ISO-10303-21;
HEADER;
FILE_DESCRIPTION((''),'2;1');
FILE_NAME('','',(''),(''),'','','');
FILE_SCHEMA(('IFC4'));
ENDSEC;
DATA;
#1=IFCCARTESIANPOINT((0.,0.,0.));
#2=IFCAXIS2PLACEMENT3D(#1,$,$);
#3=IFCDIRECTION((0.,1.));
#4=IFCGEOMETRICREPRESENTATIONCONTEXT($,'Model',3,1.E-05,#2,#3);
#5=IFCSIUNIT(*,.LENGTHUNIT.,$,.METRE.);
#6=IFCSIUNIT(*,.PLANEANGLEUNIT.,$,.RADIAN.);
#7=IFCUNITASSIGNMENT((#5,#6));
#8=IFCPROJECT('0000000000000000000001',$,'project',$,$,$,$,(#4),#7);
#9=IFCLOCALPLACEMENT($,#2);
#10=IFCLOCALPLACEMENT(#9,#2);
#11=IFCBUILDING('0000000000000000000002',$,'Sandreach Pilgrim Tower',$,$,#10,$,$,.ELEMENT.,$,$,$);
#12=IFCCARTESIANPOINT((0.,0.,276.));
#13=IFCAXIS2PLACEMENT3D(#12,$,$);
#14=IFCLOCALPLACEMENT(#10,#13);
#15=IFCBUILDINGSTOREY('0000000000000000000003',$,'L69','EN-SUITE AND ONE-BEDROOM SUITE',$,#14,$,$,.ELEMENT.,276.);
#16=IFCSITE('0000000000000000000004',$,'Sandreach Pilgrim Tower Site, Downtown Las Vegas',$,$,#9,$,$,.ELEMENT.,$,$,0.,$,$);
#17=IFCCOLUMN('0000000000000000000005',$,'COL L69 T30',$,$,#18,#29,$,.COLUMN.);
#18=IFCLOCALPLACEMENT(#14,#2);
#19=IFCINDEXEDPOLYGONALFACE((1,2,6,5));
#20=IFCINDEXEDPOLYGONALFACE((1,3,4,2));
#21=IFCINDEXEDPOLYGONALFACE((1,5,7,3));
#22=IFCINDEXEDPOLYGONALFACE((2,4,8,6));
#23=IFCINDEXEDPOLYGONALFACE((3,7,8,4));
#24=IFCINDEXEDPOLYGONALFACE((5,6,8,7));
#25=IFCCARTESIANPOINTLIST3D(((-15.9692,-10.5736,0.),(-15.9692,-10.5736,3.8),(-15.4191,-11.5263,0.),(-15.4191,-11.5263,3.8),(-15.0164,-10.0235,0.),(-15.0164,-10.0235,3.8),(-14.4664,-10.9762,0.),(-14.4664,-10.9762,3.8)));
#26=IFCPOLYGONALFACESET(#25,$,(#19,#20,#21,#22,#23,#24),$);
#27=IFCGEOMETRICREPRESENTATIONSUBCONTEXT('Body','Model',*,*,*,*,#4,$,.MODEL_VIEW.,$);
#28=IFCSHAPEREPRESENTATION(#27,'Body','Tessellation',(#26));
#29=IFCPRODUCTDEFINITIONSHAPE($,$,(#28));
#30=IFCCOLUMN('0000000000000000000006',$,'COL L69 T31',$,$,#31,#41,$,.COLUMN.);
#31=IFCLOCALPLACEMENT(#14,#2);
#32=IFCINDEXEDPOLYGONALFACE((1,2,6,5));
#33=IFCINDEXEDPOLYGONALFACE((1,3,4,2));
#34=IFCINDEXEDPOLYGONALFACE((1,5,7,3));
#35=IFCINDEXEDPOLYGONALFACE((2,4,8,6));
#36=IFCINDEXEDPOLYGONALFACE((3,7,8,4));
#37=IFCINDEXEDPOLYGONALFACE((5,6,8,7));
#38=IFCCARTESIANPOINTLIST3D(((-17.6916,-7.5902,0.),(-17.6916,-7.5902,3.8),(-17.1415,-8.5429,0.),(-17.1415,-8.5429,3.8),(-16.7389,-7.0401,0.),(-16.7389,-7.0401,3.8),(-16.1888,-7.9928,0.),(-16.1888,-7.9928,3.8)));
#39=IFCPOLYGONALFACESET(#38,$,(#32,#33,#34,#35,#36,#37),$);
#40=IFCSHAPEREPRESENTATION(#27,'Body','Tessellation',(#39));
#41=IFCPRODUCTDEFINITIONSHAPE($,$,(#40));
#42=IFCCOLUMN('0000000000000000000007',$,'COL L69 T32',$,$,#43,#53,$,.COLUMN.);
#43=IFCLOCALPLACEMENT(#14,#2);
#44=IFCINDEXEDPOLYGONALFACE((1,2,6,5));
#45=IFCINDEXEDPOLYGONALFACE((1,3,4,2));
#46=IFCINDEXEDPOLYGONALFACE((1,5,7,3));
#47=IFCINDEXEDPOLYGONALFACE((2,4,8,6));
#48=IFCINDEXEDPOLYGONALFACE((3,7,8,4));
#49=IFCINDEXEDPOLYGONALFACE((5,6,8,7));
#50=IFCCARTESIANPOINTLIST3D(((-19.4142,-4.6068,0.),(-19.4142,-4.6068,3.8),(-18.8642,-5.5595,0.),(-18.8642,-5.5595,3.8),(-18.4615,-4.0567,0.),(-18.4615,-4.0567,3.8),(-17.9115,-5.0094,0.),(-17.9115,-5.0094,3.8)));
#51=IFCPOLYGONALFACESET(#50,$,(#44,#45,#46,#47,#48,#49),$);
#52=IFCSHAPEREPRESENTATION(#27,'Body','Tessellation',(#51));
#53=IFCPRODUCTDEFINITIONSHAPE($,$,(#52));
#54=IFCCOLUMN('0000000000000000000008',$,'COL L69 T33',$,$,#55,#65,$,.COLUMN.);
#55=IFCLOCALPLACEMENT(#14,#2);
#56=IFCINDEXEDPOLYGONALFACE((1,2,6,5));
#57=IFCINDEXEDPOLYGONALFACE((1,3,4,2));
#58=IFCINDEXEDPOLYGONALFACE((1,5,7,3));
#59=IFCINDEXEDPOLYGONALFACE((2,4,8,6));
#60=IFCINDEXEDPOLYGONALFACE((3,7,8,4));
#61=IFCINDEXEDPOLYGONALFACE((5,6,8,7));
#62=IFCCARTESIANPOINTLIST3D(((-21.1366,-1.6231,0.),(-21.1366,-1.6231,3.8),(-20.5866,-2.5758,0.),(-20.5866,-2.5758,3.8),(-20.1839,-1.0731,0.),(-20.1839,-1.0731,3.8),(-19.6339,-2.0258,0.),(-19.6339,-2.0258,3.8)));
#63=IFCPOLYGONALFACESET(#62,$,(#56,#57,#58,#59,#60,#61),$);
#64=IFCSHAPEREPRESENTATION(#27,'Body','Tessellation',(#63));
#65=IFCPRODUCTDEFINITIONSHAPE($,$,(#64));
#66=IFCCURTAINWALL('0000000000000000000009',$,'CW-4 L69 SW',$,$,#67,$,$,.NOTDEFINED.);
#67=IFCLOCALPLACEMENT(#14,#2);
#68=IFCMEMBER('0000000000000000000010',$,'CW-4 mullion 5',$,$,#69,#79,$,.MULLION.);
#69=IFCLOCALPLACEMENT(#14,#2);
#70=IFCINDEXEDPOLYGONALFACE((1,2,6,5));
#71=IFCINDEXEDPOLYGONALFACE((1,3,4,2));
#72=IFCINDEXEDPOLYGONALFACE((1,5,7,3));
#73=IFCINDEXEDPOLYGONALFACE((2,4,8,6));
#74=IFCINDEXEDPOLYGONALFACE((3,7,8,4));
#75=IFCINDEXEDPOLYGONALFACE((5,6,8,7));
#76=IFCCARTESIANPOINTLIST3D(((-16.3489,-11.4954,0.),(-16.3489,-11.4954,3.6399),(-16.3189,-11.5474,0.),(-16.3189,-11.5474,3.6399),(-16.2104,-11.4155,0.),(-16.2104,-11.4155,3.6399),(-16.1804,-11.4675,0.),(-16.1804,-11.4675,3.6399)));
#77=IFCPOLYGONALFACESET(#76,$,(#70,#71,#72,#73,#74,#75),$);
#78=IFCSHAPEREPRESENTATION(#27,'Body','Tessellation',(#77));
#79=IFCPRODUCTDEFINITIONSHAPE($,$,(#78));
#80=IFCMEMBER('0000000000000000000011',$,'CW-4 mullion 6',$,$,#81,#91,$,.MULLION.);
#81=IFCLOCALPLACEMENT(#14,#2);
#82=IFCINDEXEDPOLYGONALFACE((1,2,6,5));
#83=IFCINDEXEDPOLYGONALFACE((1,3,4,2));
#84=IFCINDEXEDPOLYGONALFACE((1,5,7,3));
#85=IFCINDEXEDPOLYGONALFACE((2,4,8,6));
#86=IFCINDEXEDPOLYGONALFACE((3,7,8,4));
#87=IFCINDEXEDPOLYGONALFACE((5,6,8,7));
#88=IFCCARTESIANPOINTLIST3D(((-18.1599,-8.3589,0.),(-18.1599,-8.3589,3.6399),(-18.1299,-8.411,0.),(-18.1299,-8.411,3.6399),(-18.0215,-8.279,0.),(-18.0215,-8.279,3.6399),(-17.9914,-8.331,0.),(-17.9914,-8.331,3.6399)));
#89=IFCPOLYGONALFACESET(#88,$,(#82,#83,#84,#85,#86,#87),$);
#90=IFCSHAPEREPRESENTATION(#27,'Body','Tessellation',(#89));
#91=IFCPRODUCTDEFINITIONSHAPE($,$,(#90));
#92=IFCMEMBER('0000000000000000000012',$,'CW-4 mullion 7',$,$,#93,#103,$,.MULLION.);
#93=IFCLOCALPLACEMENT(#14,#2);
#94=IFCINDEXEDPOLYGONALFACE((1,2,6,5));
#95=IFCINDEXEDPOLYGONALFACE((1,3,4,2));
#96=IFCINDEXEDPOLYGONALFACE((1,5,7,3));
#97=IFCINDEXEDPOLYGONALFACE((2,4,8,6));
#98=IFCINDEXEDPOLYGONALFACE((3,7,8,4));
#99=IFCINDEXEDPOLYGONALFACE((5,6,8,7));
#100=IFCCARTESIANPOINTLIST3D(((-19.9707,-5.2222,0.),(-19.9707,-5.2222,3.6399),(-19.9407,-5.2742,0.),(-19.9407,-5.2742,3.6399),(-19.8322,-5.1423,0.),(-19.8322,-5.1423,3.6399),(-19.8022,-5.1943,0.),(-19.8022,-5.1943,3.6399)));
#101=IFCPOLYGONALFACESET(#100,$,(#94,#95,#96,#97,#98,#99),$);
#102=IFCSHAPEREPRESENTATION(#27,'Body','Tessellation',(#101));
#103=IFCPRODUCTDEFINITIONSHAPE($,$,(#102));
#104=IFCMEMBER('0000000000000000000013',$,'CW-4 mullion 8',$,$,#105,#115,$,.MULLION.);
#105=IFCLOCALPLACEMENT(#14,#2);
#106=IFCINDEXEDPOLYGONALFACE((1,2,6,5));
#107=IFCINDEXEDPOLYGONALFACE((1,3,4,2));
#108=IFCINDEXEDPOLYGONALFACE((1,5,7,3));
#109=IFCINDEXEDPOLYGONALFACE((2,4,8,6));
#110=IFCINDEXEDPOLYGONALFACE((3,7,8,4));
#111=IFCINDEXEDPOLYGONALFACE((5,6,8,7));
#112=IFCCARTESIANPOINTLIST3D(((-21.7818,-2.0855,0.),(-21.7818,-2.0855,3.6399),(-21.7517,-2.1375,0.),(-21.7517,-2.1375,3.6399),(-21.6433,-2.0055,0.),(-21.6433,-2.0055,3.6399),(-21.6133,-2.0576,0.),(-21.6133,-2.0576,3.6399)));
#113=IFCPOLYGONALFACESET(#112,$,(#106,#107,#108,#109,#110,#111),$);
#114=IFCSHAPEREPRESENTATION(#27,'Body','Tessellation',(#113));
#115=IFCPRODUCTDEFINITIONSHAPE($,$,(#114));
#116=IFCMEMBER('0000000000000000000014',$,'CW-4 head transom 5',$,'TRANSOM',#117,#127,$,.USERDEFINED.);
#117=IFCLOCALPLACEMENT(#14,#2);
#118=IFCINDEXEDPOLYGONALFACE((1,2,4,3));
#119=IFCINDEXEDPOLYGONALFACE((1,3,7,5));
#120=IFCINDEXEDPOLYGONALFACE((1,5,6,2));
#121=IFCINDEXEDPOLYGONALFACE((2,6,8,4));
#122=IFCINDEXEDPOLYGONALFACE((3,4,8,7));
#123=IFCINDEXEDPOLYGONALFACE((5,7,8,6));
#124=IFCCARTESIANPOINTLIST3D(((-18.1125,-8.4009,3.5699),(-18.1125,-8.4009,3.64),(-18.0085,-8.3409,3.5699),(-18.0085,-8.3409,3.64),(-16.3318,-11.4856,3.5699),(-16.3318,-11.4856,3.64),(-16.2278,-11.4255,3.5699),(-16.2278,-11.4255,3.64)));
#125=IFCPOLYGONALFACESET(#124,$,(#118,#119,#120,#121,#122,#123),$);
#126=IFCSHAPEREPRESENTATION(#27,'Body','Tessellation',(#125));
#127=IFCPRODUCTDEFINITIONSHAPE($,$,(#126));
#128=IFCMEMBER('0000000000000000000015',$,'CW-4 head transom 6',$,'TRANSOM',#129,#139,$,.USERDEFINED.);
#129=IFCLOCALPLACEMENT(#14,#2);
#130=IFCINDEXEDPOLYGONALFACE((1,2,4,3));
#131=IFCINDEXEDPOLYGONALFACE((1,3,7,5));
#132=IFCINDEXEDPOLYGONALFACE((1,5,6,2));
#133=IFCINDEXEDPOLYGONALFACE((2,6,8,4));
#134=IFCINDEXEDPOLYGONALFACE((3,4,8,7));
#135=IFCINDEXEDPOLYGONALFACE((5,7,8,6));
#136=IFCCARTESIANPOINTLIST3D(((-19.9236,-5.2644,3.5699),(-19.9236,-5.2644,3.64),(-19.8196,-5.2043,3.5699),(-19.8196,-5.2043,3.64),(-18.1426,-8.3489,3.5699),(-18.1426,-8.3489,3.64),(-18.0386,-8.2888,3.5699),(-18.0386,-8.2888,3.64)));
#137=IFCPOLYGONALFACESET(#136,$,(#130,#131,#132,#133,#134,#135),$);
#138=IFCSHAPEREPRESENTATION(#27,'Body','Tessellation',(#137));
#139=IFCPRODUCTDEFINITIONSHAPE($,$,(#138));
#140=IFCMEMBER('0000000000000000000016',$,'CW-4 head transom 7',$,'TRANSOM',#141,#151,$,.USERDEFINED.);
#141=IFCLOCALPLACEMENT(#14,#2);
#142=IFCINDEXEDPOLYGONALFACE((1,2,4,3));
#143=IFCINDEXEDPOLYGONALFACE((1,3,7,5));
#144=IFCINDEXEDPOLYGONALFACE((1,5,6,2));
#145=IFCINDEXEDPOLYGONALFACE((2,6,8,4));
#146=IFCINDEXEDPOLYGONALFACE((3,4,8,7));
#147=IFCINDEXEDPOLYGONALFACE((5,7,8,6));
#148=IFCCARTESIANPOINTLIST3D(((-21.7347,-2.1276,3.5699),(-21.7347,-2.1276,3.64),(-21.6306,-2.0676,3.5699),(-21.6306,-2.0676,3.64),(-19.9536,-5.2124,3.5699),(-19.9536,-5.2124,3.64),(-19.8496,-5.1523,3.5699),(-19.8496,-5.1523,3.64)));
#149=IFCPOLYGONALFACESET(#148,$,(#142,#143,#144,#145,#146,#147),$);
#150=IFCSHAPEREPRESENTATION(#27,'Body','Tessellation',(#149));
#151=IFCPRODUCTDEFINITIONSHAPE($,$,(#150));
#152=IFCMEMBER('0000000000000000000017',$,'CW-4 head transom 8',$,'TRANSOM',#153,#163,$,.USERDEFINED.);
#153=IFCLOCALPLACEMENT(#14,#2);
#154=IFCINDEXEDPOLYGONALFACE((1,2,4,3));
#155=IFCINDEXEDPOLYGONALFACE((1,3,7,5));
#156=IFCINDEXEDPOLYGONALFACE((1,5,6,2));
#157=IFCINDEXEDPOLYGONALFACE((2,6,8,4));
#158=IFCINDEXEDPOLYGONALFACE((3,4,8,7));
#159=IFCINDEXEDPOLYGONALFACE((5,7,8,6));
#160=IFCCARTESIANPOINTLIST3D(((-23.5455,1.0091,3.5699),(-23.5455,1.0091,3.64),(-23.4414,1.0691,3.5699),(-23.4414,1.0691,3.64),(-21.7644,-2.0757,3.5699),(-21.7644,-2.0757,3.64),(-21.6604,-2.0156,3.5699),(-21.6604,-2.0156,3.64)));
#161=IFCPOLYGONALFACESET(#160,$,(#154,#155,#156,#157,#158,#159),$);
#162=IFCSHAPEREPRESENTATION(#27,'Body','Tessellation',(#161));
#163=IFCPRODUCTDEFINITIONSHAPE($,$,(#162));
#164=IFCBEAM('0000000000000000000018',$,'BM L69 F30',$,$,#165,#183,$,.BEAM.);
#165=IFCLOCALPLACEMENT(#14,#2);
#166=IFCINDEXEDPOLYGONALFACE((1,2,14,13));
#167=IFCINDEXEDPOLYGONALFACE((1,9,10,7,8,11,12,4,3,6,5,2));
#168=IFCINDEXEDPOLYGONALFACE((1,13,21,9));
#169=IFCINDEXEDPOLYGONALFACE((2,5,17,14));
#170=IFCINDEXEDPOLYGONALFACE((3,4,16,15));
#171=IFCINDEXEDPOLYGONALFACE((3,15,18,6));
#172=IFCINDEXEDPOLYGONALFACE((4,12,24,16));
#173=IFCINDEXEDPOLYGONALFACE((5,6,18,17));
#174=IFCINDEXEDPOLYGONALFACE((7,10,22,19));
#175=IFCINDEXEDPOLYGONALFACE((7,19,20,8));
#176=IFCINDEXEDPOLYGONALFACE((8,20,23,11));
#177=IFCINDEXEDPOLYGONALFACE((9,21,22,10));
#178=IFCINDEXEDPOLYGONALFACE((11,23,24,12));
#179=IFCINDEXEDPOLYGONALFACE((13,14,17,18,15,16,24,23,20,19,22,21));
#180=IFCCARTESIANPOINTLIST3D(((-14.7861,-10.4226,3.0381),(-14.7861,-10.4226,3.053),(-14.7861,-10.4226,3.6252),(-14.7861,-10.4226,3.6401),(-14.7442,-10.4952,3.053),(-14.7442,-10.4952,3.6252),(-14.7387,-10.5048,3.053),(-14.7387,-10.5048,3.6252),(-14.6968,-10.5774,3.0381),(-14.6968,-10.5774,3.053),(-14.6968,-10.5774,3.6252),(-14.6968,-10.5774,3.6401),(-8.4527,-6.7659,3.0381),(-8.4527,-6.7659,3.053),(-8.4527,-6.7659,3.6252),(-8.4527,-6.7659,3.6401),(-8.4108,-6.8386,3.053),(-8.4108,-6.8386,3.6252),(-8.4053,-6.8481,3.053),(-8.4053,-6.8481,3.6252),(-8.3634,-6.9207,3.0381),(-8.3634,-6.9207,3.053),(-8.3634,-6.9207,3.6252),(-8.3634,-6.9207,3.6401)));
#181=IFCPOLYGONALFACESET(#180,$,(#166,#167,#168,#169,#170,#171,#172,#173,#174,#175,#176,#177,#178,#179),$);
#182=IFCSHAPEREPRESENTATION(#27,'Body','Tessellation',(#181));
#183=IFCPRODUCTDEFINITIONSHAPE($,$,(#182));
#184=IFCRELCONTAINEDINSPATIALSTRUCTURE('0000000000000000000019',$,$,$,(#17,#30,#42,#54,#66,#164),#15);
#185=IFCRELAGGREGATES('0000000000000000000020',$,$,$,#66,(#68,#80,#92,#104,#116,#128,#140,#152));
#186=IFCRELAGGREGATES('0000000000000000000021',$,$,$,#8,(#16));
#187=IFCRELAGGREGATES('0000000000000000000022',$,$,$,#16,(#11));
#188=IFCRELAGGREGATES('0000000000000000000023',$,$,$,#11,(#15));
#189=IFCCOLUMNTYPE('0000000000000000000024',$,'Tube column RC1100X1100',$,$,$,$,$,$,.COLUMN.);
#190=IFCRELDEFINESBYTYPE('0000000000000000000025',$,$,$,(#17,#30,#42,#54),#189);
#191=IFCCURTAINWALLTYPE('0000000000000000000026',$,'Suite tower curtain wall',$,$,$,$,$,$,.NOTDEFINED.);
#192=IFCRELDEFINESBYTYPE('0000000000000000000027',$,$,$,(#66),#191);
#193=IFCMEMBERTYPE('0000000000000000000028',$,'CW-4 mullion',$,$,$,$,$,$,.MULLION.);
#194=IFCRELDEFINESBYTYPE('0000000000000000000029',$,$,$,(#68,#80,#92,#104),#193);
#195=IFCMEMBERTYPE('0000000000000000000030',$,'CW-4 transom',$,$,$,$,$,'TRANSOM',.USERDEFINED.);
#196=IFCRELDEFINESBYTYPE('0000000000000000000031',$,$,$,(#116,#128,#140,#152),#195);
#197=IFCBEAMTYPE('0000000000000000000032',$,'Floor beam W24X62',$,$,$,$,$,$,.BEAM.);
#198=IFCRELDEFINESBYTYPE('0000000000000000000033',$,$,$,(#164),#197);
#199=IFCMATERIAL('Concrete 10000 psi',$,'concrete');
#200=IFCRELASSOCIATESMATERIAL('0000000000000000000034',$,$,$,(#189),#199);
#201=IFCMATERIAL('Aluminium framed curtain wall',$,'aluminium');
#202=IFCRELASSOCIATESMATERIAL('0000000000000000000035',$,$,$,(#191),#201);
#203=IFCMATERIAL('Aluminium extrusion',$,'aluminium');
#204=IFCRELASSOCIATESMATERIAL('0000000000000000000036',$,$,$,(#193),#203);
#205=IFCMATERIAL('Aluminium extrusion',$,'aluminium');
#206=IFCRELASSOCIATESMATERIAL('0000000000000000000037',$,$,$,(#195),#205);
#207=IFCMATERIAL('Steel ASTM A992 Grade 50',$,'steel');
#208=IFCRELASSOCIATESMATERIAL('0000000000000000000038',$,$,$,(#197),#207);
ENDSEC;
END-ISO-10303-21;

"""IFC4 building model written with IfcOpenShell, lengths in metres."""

from ifc_helpers import new_model, si_unit, direction, frame, origin, origin_2d, place, context, subcontext, project, spatial, rectangle, i_section, extrude, material, material_profile, profile_set, type_object, element, aggregate, save


model = new_model("IFC4")

# Units and contexts
model_context = context("Model", 3, precision=1e-05, world=origin(), true_north=direction((0.0, 1.0)))
body_context = subcontext(model_context, "Body", "Model", "MODEL_VIEW")
ifc_project = project(units=[si_unit("LENGTHUNIT", "METRE"), si_unit("PLANEANGLEUNIT", "RADIAN")], contexts=[model_context])

# Site, building, storey
site_placement = place(None, origin())
site = spatial("IfcSite", under=ifc_project, at=site_placement, Name="Sandreach Pilgrim Tower Site, Downtown Las Vegas", CompositionType="ELEMENT", RefElevation=0.0)
building_placement = place(site_placement, origin())
building = spatial("IfcBuilding", under=site, at=building_placement, Name="Sandreach Pilgrim Tower", CompositionType="ELEMENT")
storey_placement = place(building_placement, frame((0.0, 0.0, 276.0)))
storey = spatial("IfcBuildingStorey", under=building, at=storey_placement, Name="L69", Description="EN-SUITE AND ONE-BEDROOM SUITE", CompositionType="ELEMENT", Elevation=276.0)

# Columns
ifc_material_1 = material(Name="Concrete 10000 psi", Category="concrete")
ifc_material_profile_1 = material_profile(ifc_material_1, rectangle(XDim=1.1001, YDim=1.1001, at=origin_2d()), Name="RC1100X1100")
ifc_profile_set_1 = profile_set([ifc_material_profile_1], Name="Concrete 10000 psi")
column_type = type_object("IfcColumnType", Name="Tube column RC1100X1100", PredefinedType="COLUMN", material=ifc_profile_set_1)
for number, where, z_axis, x_axis, name in (
    (1, (-15.2178, -10.7749, 0.0), (0.0, 0.0, 1.0), (-0.866025, -0.5, 0.0), "COL L69 T30"),
    (2, (-16.9402, -7.7915, 0.0), (0.0, 0.0, 1.0), (-0.866025, -0.5, 0.0), "COL L69 T31"),
    (3, (-18.6628, -4.8081, 0.0), (0.0, 0.0, 1.0), (-0.866025, -0.5, 0.0), "COL L69 T32"),
    (4, (-20.3853, -1.8245, 0.0), (0.0, 0.0, 1.0), (-0.866025, -0.5, 0.0), "COL L69 T33"),
):
    element("IfcColumn", number, at=place(storey_placement, frame(where, z_axis=z_axis, x_axis=x_axis)), inside=storey, type_object=column_type, Name=name, PredefinedType="COLUMN", context=body_context, shape_type="SweptSolid", body=[
        extrude(rectangle(XDim=1.1001, YDim=1.1001, at=origin_2d()), origin(), (0.0, 0.0, 1.0), 3.8),
    ])

# Curtain wall, members
ifc_material_2 = material(Name="Aluminium framed curtain wall", Category="aluminium")
curtain_wall_type = type_object("IfcCurtainWallType", Name="Suite tower curtain wall", PredefinedType="NOTDEFINED", material=ifc_material_2)
curtain_wall_placement = place(storey_placement, origin())
curtain_wall = element("IfcCurtainWall", 5, at=curtain_wall_placement, inside=storey, type_object=curtain_wall_type, Name="CW-4 L69 SW", PredefinedType="NOTDEFINED")
ifc_material_3 = material(Name="Aluminium extrusion", Category="aluminium")
ifc_material_profile_2 = material_profile(ifc_material_3, rectangle(XDim=0.0601, YDim=0.1599, at=origin_2d()), Name="CW-4M 60X160")
ifc_profile_set_2 = profile_set([ifc_material_profile_2], Name="Aluminium extrusion")
member_type_1 = type_object("IfcMemberType", Name="CW-4 mullion", PredefinedType="MULLION", material=ifc_profile_set_2)
member_1_placement = place(storey_placement, frame((-16.2646, -11.4814, 0.0), z_axis=(0.0, 0.0, 1.0), x_axis=(-0.5, 0.866025, 0.0)))
member_1 = element("IfcMember", 6, at=member_1_placement, type_object=member_type_1, Name="CW-4 mullion 5", PredefinedType="MULLION", context=body_context, shape_type="SweptSolid", body=[
    extrude(rectangle(XDim=0.0601, YDim=0.1599, at=origin_2d()), origin(), (0.0, 0.0, 1.0), 3.6399),
])
member_2_placement = place(storey_placement, frame((-18.0757, -8.345, 0.0), z_axis=(0.0, 0.0, 1.0), x_axis=(-0.5, 0.866025, 0.0)))
member_2 = element("IfcMember", 7, at=member_2_placement, type_object=member_type_1, Name="CW-4 mullion 6", PredefinedType="MULLION", context=body_context, shape_type="SweptSolid", body=[
    extrude(rectangle(XDim=0.0601, YDim=0.1599, at=origin_2d()), origin(), (0.0, 0.0, 1.0), 3.6399),
])
member_3_placement = place(storey_placement, frame((-19.8865, -5.2083, 0.0), z_axis=(0.0, 0.0, 1.0), x_axis=(-0.5, 0.866025, 0.0)))
member_3 = element("IfcMember", 8, at=member_3_placement, type_object=member_type_1, Name="CW-4 mullion 7", PredefinedType="MULLION", context=body_context, shape_type="SweptSolid", body=[
    extrude(rectangle(XDim=0.0601, YDim=0.1599, at=origin_2d()), origin(), (0.0, 0.0, 1.0), 3.6399),
])
member_4_placement = place(storey_placement, frame((-21.6975, -2.0715, 0.0), z_axis=(0.0, 0.0, 1.0), x_axis=(-0.5, 0.866025, 0.0)))
member_4 = element("IfcMember", 9, at=member_4_placement, type_object=member_type_1, Name="CW-4 mullion 8", PredefinedType="MULLION", context=body_context, shape_type="SweptSolid", body=[
    extrude(rectangle(XDim=0.0601, YDim=0.1599, at=origin_2d()), origin(), (0.0, 0.0, 1.0), 3.6399),
])
ifc_material_4 = material(Name="Aluminium extrusion", Category="aluminium")
ifc_material_profile_3 = material_profile(ifc_material_4, rectangle(XDim=0.1201, YDim=0.0701, at=origin_2d()), Name="CW-4T 120X70")
ifc_profile_set_3 = profile_set([ifc_material_profile_3], Name="Aluminium extrusion")
member_type_2 = type_object("IfcMemberType", Name="CW-4 transom", ElementType="TRANSOM", PredefinedType="USERDEFINED", material=ifc_profile_set_3)
member_5_placement = place(storey_placement, frame((-16.2798, -11.4556, 3.605), z_axis=(-0.499958, 0.86605, 0.0), x_axis=(-0.86605, -0.499958, 0.0)))
member_5 = element("IfcMember", 10, at=member_5_placement, type_object=member_type_2, Name="CW-4 head transom 5", ObjectType="TRANSOM", PredefinedType="USERDEFINED", context=body_context, shape_type="SweptSolid", body=[
    extrude(rectangle(XDim=0.1201, YDim=0.0701, at=origin_2d()), origin(), (0.0, 0.0, 1.0), 3.5618),
])
member_6_placement = place(storey_placement, frame((-18.0906, -8.3188, 3.605), z_axis=(-0.500039, 0.866003, 0.0), x_axis=(-0.866003, -0.500039, 0.0)))
member_6 = element("IfcMember", 11, at=member_6_placement, type_object=member_type_2, Name="CW-4 head transom 6", ObjectType="TRANSOM", PredefinedType="USERDEFINED", context=body_context, shape_type="SweptSolid", body=[
    extrude(rectangle(XDim=0.1201, YDim=0.0701, at=origin_2d()), origin(), (0.0, 0.0, 1.0), 3.5618),
])
member_7_placement = place(storey_placement, frame((-19.9016, -5.1824, 3.605), z_axis=(-0.500009, 0.86602, 0.0), x_axis=(-0.86602, -0.500009, 0.0)))
member_7 = element("IfcMember", 12, at=member_7_placement, type_object=member_type_2, Name="CW-4 head transom 7", ObjectType="TRANSOM", PredefinedType="USERDEFINED", context=body_context, shape_type="SweptSolid", body=[
    extrude(rectangle(XDim=0.1201, YDim=0.0701, at=origin_2d()), origin(), (0.0, 0.0, 1.0), 3.562),
])
member_8_placement = place(storey_placement, frame((-21.7124, -2.0457, 3.605), z_axis=(-0.500009, 0.86602, 0.0), x_axis=(-0.86602, -0.500009, 0.0)))
member_8 = element("IfcMember", 13, at=member_8_placement, type_object=member_type_2, Name="CW-4 head transom 8", ObjectType="TRANSOM", PredefinedType="USERDEFINED", context=body_context, shape_type="SweptSolid", body=[
    extrude(rectangle(XDim=0.1201, YDim=0.0701, at=origin_2d()), origin(), (0.0, 0.0, 1.0), 3.562),
])

# Beam
ifc_material_5 = material(Name="Steel ASTM A992 Grade 50", Category="steel")
ifc_material_profile_4 = material_profile(ifc_material_5, i_section(OverallWidth=0.1787, OverallDepth=0.6021, WebThickness=0.011, FlangeThickness=0.0149, at=origin_2d()), Name="W24X62")
ifc_profile_set_4 = profile_set([ifc_material_profile_4], Name="Steel ASTM A992 Grade 50")
beam_type_1 = type_object("IfcBeamType", Name="Floor beam W24X62", PredefinedType="BEAM", material=ifc_profile_set_4)
beam_1_placement = place(storey_placement, frame((-14.7415, -10.5, 3.3391), z_axis=(0.86602, 0.500009, 0.0), x_axis=(-0.500009, 0.86602, 0.0)))
element("IfcBeam", 14, at=beam_1_placement, inside=storey, type_object=beam_type_1, Name="BM L69 F30", PredefinedType="BEAM", context=body_context, shape_type="SweptSolid", body=[
    extrude(i_section(OverallWidth=0.1787, OverallDepth=0.6021, WebThickness=0.011, FlangeThickness=0.0149, at=origin_2d()), origin(), (0.0, 0.0, 1.0), 7.3132),
])

aggregate(curtain_wall, [member_1, member_2, member_3, member_4, member_5, member_6, member_7, member_8])

save(model, "model.ifc")
